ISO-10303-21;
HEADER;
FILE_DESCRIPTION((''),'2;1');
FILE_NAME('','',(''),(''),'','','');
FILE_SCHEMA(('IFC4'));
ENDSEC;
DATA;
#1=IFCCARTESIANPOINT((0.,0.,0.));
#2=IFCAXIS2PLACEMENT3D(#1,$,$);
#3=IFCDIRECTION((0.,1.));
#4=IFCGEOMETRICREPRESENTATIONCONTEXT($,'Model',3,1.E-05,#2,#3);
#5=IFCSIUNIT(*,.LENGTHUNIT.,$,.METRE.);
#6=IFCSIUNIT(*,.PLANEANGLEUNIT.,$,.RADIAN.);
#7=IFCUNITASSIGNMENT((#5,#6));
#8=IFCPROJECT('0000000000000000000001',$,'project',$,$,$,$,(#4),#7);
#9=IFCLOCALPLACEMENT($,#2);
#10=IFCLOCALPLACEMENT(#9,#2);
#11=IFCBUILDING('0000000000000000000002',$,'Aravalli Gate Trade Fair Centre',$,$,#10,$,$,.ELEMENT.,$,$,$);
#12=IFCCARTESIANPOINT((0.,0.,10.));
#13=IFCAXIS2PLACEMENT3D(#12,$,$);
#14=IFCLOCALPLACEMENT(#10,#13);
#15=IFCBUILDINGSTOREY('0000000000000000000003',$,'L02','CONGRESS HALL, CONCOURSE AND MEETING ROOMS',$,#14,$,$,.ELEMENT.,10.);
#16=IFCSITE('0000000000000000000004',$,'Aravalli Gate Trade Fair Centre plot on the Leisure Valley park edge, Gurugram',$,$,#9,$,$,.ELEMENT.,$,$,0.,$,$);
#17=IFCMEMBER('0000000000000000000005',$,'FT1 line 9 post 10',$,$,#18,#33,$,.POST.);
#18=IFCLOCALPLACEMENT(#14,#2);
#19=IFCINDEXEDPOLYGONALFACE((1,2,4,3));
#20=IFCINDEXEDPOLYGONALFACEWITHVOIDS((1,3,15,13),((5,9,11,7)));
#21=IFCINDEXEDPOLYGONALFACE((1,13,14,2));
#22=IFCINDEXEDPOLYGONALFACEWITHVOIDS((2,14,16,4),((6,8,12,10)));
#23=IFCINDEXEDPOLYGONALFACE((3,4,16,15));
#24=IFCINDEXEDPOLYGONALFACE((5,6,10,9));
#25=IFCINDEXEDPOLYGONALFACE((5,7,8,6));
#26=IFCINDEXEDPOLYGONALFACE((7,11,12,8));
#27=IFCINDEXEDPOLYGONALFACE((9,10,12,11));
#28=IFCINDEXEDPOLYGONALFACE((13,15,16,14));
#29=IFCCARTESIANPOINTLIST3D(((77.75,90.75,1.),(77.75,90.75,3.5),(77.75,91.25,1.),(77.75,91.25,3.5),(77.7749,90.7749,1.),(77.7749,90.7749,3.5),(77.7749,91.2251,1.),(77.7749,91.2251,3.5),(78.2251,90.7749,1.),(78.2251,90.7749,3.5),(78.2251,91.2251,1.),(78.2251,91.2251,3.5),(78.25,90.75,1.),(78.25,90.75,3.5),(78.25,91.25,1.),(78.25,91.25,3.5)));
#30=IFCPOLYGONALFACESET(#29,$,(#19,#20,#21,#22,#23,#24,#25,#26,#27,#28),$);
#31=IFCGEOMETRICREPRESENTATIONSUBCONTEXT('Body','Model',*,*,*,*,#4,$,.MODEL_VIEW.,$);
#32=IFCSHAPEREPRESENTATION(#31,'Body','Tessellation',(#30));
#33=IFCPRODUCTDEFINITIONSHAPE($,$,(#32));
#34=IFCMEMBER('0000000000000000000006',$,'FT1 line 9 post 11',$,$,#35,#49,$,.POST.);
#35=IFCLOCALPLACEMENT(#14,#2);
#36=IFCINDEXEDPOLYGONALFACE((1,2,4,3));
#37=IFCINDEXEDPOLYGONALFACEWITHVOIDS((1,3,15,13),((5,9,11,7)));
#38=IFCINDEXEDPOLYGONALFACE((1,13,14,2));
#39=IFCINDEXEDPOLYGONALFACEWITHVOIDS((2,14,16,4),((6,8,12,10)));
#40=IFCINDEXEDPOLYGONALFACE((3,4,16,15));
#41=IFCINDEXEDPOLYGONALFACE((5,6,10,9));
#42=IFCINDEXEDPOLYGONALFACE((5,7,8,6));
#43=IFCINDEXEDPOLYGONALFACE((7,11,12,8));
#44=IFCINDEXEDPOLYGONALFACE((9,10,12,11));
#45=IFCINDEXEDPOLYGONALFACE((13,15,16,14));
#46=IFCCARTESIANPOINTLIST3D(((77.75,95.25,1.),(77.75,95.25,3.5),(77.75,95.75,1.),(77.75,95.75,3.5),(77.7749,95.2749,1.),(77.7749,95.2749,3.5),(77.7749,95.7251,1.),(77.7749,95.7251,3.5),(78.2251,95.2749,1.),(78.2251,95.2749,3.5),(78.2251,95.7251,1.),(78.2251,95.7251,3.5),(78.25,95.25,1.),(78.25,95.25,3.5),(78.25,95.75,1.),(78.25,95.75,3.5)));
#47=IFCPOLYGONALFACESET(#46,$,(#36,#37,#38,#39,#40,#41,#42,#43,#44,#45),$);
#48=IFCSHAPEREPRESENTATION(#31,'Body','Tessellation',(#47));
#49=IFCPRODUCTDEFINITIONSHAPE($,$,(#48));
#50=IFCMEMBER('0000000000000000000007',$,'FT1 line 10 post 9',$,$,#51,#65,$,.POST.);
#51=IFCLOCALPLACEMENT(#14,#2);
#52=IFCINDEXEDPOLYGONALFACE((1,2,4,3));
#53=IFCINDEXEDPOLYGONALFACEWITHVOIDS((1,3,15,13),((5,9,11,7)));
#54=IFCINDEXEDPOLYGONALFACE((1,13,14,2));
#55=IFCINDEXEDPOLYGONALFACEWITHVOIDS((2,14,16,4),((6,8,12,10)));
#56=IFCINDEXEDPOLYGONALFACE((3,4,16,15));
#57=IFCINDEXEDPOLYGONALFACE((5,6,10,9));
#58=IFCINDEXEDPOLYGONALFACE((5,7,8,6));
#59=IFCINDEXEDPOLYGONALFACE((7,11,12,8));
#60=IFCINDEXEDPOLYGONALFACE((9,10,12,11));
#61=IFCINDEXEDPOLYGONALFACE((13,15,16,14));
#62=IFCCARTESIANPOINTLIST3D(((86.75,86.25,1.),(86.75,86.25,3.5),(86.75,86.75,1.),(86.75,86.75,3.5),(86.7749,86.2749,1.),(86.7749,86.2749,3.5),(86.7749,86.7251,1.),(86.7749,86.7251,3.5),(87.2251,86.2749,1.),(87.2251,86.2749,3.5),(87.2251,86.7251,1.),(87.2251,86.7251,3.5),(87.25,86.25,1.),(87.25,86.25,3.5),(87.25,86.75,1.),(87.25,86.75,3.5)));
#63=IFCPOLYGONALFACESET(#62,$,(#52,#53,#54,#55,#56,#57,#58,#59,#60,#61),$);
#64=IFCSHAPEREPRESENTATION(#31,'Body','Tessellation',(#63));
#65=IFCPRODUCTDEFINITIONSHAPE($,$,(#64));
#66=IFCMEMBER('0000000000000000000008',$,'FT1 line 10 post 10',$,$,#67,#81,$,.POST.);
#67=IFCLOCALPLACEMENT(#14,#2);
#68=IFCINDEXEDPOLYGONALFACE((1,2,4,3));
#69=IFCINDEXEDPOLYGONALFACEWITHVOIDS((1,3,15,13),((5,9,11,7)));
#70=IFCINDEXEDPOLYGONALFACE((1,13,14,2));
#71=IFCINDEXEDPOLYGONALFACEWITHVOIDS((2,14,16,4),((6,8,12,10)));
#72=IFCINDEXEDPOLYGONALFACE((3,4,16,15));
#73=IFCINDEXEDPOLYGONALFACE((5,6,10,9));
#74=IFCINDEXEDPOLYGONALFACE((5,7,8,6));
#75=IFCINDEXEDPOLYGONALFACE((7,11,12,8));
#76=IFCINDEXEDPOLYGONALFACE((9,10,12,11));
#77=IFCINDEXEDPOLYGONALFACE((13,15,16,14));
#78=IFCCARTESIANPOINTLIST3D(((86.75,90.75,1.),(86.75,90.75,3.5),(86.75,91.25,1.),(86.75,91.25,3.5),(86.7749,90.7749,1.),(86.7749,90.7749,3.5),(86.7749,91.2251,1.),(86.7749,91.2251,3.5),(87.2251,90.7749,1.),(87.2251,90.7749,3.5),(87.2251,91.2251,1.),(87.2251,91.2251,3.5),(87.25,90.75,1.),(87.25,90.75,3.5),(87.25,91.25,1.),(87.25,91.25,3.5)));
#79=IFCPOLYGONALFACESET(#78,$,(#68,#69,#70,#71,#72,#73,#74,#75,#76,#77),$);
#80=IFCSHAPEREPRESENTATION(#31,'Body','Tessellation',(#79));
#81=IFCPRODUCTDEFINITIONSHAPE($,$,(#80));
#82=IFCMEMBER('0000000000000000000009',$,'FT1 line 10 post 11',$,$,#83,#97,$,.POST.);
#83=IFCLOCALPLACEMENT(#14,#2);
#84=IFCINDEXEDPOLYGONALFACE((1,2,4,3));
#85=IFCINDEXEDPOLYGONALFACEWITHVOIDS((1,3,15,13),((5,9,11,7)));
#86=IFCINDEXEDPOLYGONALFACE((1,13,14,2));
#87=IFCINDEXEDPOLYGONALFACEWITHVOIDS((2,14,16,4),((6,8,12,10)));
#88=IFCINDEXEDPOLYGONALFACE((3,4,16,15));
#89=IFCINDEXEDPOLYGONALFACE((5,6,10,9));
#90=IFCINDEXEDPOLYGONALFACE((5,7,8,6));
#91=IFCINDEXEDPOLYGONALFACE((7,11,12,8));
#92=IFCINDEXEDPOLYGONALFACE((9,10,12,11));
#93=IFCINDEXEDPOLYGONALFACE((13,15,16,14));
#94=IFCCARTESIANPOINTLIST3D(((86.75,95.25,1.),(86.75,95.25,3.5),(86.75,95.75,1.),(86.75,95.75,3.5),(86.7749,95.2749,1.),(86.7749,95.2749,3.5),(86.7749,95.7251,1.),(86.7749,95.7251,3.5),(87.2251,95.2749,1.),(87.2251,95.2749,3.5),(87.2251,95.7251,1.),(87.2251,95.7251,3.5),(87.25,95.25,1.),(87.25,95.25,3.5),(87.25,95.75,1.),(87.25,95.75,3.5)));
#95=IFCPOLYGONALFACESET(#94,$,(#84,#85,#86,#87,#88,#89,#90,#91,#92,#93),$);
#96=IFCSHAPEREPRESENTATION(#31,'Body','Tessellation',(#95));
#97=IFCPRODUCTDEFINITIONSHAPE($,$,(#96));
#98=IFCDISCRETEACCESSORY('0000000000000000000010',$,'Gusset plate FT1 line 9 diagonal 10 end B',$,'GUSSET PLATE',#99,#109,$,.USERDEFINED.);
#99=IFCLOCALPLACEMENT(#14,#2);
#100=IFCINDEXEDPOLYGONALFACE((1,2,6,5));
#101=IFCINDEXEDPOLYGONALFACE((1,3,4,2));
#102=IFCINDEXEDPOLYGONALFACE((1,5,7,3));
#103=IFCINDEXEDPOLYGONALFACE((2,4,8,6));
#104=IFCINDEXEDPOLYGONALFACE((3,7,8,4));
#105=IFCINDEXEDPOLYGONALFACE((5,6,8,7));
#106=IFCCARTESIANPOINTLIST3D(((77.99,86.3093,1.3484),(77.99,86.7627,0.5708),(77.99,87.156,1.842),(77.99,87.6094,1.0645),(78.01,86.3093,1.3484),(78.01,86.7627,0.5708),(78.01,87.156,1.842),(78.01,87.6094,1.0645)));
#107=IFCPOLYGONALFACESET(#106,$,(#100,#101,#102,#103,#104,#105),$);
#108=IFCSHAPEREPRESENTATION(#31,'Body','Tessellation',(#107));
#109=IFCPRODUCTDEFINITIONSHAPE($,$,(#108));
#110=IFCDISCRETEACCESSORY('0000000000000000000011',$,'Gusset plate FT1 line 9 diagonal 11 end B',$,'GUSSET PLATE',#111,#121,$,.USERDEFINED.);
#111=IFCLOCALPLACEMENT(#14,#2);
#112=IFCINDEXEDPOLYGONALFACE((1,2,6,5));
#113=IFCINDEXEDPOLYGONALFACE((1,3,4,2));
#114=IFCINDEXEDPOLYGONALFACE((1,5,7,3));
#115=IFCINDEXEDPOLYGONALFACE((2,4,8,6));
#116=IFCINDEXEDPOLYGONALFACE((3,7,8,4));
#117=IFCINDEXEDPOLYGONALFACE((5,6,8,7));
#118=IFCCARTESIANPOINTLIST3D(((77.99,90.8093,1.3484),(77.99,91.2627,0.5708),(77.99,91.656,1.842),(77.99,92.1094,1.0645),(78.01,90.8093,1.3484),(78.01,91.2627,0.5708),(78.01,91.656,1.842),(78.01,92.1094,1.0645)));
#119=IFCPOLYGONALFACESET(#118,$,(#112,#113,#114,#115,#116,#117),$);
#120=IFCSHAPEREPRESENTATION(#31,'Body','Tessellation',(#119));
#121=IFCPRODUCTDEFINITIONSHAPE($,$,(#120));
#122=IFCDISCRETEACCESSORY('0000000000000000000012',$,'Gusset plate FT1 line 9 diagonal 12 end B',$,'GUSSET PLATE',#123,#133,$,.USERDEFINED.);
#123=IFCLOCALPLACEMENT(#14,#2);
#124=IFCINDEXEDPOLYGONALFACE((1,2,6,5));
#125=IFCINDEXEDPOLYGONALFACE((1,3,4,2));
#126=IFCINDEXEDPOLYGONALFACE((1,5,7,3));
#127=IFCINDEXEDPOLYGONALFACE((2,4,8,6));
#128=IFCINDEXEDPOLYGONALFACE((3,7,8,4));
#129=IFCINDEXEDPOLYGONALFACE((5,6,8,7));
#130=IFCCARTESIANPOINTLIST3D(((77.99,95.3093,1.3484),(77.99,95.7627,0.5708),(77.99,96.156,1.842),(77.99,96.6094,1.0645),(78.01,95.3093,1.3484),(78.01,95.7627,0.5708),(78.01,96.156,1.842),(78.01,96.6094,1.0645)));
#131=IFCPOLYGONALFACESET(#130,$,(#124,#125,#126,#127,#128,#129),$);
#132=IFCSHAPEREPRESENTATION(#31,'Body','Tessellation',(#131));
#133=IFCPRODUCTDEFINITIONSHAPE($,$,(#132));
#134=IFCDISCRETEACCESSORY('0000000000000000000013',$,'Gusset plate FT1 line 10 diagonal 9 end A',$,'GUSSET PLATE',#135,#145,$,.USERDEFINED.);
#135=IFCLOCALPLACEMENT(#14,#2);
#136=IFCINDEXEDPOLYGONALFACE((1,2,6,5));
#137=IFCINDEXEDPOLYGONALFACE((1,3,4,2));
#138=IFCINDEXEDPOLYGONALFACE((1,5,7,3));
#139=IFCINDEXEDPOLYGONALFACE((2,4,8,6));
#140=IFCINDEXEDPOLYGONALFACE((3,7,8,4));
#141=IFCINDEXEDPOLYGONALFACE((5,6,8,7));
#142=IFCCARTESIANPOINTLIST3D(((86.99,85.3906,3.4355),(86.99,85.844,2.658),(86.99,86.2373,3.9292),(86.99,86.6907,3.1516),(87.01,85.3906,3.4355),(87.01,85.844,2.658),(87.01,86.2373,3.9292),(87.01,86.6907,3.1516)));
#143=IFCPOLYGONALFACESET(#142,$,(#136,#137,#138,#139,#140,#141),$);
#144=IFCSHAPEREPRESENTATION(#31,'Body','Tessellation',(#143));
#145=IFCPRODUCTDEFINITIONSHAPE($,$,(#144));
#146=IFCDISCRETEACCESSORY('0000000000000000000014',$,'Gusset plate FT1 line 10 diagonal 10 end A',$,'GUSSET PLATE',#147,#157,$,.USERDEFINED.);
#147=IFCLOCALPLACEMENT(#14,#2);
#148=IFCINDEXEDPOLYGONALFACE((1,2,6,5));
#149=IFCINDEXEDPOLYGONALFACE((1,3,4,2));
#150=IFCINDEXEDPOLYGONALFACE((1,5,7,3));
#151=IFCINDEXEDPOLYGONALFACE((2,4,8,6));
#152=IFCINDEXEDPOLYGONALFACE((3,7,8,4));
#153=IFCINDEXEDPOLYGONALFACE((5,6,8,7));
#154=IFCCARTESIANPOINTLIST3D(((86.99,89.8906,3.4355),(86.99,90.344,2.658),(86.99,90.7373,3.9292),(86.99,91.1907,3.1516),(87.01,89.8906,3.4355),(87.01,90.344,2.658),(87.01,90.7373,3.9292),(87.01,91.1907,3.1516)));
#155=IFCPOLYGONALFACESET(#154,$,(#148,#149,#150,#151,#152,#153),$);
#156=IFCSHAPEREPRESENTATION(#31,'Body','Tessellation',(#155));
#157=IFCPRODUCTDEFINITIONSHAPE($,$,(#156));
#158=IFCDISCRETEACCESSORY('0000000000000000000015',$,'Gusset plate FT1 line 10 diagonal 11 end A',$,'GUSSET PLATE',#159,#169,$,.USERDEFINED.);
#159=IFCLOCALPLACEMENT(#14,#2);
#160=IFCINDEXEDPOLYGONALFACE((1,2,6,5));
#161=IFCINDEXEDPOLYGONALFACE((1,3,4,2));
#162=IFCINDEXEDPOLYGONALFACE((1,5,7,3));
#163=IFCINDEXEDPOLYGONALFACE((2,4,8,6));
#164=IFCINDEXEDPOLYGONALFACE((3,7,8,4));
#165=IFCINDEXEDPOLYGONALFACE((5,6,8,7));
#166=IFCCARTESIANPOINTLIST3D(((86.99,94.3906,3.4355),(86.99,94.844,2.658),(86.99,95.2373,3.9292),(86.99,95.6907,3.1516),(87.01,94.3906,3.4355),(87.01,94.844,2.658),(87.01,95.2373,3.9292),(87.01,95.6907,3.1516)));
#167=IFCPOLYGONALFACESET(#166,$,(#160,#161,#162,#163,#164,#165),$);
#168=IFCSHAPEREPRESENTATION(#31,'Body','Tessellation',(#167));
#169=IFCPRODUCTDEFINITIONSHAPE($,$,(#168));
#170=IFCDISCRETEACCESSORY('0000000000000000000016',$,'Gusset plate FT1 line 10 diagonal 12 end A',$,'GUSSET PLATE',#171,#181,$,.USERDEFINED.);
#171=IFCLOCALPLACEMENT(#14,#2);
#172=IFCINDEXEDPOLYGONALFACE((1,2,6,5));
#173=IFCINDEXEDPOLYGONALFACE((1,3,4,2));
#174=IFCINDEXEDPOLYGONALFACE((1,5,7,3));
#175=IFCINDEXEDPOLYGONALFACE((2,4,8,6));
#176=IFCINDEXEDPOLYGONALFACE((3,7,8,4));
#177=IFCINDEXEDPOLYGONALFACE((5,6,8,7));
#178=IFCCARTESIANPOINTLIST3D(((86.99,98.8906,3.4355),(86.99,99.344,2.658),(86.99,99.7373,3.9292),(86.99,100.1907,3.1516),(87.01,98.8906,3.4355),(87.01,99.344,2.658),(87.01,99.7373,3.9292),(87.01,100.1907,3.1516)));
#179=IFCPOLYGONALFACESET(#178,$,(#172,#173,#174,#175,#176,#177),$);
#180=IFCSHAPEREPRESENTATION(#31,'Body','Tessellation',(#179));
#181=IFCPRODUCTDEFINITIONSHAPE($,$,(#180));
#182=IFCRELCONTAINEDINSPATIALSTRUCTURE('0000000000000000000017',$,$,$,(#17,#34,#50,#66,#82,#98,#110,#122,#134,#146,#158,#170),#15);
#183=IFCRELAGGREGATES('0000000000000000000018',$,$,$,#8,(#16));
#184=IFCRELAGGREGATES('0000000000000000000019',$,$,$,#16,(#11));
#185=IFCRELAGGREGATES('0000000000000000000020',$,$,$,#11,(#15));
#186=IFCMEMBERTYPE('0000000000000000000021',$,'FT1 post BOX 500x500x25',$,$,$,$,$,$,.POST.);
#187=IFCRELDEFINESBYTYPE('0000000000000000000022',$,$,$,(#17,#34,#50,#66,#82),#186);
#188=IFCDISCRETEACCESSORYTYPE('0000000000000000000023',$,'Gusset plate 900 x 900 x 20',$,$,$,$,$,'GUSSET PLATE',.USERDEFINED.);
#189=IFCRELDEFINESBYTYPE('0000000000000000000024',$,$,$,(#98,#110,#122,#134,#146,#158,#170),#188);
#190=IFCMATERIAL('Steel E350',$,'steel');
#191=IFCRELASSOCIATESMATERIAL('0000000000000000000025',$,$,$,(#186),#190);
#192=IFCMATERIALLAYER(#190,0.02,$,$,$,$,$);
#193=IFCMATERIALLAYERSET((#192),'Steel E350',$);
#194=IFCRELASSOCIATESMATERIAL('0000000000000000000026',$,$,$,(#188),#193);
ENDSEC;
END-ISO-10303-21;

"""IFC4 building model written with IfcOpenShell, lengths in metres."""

from ifc_helpers import new_model, si_unit, direction, frame, origin, origin_2d, place, context, subcontext, project, spatial, polyline, hollow_rectangle, outline, extrude, material, layer, layer_set, material_profile, profile_set, type_object, element, save


model = new_model("IFC4")

# Units and contexts
model_context = context("Model", 3, precision=1e-05, world=origin(), true_north=direction((0.0, 1.0)))
body_context = subcontext(model_context, "Body", "Model", "MODEL_VIEW")
ifc_project = project(units=[si_unit("LENGTHUNIT", "METRE"), si_unit("PLANEANGLEUNIT", "RADIAN")], contexts=[model_context])

# Site, building, storey
site_placement = place(None, origin())
site = spatial("IfcSite", under=ifc_project, at=site_placement, Name="Aravalli Gate Trade Fair Centre plot on the Leisure Valley park edge, Gurugram", CompositionType="ELEMENT", RefElevation=0.0)
building_placement = place(site_placement, origin())
building = spatial("IfcBuilding", under=site, at=building_placement, Name="Aravalli Gate Trade Fair Centre", CompositionType="ELEMENT")
storey_placement = place(building_placement, frame((0.0, 0.0, 10.0)))
storey = spatial("IfcBuildingStorey", under=building, at=storey_placement, Name="L02", Description="CONGRESS HALL, CONCOURSE AND MEETING ROOMS", CompositionType="ELEMENT", Elevation=10.0)

# Members
ifc_material = material(Name="Steel E350", Category="steel")
ifc_material_profile_1 = material_profile(ifc_material, hollow_rectangle(XDim=0.5, YDim=0.5, WallThickness=0.0249, at=origin_2d()), Name="BOX 500x500x25")
ifc_profile_set_1 = profile_set([ifc_material_profile_1], Name="Steel E350")
member_type_1 = type_object("IfcMemberType", Name="FT1 post BOX 500x500x25", PredefinedType="POST", material=ifc_profile_set_1)
for number, where, z_axis, x_axis, name in (
    (1, (78.0, 91.0, 1.0), (0.0, 0.0, 1.0), (1.0, 0.0, 0.0), "FT1 line 9 post 10"),
    (2, (78.0, 95.5, 1.0), (0.0, 0.0, 1.0), (1.0, 0.0, 0.0), "FT1 line 9 post 11"),
    (3, (87.0, 86.5, 1.0), (0.0, 0.0, 1.0), (1.0, 0.0, 0.0), "FT1 line 10 post 9"),
    (4, (87.0, 91.0, 1.0), (0.0, 0.0, 1.0), (1.0, 0.0, 0.0), "FT1 line 10 post 10"),
    (5, (87.0, 95.5, 1.0), (0.0, 0.0, 1.0), (1.0, 0.0, 0.0), "FT1 line 10 post 11"),
):
    element("IfcMember", number, at=place(storey_placement, frame(where, z_axis=z_axis, x_axis=x_axis)), inside=storey, type_object=member_type_1, Name=name, PredefinedType="POST", context=body_context, shape_type="SweptSolid", body=[
        extrude(hollow_rectangle(XDim=0.5, YDim=0.5, WallThickness=0.0249, at=origin_2d()), origin(), (0.0, 0.0, 1.0), 2.5),
    ])

# Discrete accessories
ifc_layer = layer(ifc_material, 0.02)
ifc_layer_set = layer_set([ifc_layer], Name="Steel E350")
discrete_accessory_type = type_object("IfcDiscreteAccessoryType", Name="Gusset plate 900 x 900 x 20", ElementType="GUSSET PLATE", PredefinedType="USERDEFINED", material=ifc_layer_set)
for number, where, z_axis, x_axis, name in (
    (6, (78.01, 87.156, 1.842), (1.0, 0.0, 0.0), (0.0, -0.863887, -0.503685), "Gusset plate FT1 line 9 diagonal 10 end B"),
    (7, (78.01, 91.656, 1.842), (1.0, 0.0, 0.0), (0.0, -0.863887, -0.503685), "Gusset plate FT1 line 9 diagonal 11 end B"),
    (8, (78.01, 96.156, 1.842), (1.0, 0.0, 0.0), (0.0, -0.863887, -0.503685), "Gusset plate FT1 line 9 diagonal 12 end B"),
):
    element("IfcDiscreteAccessory", number, at=place(storey_placement, frame(where, z_axis=z_axis, x_axis=x_axis)), inside=storey, type_object=discrete_accessory_type, Name=name, ObjectType="GUSSET PLATE", PredefinedType="USERDEFINED", context=body_context, shape_type="SweptSolid", body=[
        extrude(outline(polyline([(0.0, 0.0), (0.9801, 0.0), (0.9801, 0.9001), (0.0, 0.9001), (0.0, 0.0)])), origin(), (0.0, 0.0, -1.0), 0.02),
    ])
for number, where, z_axis, x_axis, name in (
    (9, (86.99, 85.3906, 3.4355), (-1.0, 0.0, 0.0), (0.0, 0.863887, 0.503685), "Gusset plate FT1 line 10 diagonal 9 end A"),
    (10, (86.99, 89.8906, 3.4355), (-1.0, 0.0, 0.0), (0.0, 0.863887, 0.503685), "Gusset plate FT1 line 10 diagonal 10 end A"),
    (11, (86.99, 94.3906, 3.4355), (-1.0, 0.0, 0.0), (0.0, 0.863887, 0.503685), "Gusset plate FT1 line 10 diagonal 11 end A"),
    (12, (86.99, 98.8906, 3.4355), (-1.0, 0.0, 0.0), (0.0, 0.863887, 0.503685), "Gusset plate FT1 line 10 diagonal 12 end A"),
):
    element("IfcDiscreteAccessory", number, at=place(storey_placement, frame(where, z_axis=z_axis, x_axis=x_axis)), inside=storey, type_object=discrete_accessory_type, Name=name, ObjectType="GUSSET PLATE", PredefinedType="USERDEFINED", context=body_context, shape_type="SweptSolid", body=[
        extrude(outline(polyline([(0.0, 0.0), (0.9801, 0.0), (0.9801, 0.9001), (0.0, 0.9001), (0.0, 0.0)])), origin(), (0.0, 0.0, -1.0), 0.02),
    ])

save(model, "model.ifc")
